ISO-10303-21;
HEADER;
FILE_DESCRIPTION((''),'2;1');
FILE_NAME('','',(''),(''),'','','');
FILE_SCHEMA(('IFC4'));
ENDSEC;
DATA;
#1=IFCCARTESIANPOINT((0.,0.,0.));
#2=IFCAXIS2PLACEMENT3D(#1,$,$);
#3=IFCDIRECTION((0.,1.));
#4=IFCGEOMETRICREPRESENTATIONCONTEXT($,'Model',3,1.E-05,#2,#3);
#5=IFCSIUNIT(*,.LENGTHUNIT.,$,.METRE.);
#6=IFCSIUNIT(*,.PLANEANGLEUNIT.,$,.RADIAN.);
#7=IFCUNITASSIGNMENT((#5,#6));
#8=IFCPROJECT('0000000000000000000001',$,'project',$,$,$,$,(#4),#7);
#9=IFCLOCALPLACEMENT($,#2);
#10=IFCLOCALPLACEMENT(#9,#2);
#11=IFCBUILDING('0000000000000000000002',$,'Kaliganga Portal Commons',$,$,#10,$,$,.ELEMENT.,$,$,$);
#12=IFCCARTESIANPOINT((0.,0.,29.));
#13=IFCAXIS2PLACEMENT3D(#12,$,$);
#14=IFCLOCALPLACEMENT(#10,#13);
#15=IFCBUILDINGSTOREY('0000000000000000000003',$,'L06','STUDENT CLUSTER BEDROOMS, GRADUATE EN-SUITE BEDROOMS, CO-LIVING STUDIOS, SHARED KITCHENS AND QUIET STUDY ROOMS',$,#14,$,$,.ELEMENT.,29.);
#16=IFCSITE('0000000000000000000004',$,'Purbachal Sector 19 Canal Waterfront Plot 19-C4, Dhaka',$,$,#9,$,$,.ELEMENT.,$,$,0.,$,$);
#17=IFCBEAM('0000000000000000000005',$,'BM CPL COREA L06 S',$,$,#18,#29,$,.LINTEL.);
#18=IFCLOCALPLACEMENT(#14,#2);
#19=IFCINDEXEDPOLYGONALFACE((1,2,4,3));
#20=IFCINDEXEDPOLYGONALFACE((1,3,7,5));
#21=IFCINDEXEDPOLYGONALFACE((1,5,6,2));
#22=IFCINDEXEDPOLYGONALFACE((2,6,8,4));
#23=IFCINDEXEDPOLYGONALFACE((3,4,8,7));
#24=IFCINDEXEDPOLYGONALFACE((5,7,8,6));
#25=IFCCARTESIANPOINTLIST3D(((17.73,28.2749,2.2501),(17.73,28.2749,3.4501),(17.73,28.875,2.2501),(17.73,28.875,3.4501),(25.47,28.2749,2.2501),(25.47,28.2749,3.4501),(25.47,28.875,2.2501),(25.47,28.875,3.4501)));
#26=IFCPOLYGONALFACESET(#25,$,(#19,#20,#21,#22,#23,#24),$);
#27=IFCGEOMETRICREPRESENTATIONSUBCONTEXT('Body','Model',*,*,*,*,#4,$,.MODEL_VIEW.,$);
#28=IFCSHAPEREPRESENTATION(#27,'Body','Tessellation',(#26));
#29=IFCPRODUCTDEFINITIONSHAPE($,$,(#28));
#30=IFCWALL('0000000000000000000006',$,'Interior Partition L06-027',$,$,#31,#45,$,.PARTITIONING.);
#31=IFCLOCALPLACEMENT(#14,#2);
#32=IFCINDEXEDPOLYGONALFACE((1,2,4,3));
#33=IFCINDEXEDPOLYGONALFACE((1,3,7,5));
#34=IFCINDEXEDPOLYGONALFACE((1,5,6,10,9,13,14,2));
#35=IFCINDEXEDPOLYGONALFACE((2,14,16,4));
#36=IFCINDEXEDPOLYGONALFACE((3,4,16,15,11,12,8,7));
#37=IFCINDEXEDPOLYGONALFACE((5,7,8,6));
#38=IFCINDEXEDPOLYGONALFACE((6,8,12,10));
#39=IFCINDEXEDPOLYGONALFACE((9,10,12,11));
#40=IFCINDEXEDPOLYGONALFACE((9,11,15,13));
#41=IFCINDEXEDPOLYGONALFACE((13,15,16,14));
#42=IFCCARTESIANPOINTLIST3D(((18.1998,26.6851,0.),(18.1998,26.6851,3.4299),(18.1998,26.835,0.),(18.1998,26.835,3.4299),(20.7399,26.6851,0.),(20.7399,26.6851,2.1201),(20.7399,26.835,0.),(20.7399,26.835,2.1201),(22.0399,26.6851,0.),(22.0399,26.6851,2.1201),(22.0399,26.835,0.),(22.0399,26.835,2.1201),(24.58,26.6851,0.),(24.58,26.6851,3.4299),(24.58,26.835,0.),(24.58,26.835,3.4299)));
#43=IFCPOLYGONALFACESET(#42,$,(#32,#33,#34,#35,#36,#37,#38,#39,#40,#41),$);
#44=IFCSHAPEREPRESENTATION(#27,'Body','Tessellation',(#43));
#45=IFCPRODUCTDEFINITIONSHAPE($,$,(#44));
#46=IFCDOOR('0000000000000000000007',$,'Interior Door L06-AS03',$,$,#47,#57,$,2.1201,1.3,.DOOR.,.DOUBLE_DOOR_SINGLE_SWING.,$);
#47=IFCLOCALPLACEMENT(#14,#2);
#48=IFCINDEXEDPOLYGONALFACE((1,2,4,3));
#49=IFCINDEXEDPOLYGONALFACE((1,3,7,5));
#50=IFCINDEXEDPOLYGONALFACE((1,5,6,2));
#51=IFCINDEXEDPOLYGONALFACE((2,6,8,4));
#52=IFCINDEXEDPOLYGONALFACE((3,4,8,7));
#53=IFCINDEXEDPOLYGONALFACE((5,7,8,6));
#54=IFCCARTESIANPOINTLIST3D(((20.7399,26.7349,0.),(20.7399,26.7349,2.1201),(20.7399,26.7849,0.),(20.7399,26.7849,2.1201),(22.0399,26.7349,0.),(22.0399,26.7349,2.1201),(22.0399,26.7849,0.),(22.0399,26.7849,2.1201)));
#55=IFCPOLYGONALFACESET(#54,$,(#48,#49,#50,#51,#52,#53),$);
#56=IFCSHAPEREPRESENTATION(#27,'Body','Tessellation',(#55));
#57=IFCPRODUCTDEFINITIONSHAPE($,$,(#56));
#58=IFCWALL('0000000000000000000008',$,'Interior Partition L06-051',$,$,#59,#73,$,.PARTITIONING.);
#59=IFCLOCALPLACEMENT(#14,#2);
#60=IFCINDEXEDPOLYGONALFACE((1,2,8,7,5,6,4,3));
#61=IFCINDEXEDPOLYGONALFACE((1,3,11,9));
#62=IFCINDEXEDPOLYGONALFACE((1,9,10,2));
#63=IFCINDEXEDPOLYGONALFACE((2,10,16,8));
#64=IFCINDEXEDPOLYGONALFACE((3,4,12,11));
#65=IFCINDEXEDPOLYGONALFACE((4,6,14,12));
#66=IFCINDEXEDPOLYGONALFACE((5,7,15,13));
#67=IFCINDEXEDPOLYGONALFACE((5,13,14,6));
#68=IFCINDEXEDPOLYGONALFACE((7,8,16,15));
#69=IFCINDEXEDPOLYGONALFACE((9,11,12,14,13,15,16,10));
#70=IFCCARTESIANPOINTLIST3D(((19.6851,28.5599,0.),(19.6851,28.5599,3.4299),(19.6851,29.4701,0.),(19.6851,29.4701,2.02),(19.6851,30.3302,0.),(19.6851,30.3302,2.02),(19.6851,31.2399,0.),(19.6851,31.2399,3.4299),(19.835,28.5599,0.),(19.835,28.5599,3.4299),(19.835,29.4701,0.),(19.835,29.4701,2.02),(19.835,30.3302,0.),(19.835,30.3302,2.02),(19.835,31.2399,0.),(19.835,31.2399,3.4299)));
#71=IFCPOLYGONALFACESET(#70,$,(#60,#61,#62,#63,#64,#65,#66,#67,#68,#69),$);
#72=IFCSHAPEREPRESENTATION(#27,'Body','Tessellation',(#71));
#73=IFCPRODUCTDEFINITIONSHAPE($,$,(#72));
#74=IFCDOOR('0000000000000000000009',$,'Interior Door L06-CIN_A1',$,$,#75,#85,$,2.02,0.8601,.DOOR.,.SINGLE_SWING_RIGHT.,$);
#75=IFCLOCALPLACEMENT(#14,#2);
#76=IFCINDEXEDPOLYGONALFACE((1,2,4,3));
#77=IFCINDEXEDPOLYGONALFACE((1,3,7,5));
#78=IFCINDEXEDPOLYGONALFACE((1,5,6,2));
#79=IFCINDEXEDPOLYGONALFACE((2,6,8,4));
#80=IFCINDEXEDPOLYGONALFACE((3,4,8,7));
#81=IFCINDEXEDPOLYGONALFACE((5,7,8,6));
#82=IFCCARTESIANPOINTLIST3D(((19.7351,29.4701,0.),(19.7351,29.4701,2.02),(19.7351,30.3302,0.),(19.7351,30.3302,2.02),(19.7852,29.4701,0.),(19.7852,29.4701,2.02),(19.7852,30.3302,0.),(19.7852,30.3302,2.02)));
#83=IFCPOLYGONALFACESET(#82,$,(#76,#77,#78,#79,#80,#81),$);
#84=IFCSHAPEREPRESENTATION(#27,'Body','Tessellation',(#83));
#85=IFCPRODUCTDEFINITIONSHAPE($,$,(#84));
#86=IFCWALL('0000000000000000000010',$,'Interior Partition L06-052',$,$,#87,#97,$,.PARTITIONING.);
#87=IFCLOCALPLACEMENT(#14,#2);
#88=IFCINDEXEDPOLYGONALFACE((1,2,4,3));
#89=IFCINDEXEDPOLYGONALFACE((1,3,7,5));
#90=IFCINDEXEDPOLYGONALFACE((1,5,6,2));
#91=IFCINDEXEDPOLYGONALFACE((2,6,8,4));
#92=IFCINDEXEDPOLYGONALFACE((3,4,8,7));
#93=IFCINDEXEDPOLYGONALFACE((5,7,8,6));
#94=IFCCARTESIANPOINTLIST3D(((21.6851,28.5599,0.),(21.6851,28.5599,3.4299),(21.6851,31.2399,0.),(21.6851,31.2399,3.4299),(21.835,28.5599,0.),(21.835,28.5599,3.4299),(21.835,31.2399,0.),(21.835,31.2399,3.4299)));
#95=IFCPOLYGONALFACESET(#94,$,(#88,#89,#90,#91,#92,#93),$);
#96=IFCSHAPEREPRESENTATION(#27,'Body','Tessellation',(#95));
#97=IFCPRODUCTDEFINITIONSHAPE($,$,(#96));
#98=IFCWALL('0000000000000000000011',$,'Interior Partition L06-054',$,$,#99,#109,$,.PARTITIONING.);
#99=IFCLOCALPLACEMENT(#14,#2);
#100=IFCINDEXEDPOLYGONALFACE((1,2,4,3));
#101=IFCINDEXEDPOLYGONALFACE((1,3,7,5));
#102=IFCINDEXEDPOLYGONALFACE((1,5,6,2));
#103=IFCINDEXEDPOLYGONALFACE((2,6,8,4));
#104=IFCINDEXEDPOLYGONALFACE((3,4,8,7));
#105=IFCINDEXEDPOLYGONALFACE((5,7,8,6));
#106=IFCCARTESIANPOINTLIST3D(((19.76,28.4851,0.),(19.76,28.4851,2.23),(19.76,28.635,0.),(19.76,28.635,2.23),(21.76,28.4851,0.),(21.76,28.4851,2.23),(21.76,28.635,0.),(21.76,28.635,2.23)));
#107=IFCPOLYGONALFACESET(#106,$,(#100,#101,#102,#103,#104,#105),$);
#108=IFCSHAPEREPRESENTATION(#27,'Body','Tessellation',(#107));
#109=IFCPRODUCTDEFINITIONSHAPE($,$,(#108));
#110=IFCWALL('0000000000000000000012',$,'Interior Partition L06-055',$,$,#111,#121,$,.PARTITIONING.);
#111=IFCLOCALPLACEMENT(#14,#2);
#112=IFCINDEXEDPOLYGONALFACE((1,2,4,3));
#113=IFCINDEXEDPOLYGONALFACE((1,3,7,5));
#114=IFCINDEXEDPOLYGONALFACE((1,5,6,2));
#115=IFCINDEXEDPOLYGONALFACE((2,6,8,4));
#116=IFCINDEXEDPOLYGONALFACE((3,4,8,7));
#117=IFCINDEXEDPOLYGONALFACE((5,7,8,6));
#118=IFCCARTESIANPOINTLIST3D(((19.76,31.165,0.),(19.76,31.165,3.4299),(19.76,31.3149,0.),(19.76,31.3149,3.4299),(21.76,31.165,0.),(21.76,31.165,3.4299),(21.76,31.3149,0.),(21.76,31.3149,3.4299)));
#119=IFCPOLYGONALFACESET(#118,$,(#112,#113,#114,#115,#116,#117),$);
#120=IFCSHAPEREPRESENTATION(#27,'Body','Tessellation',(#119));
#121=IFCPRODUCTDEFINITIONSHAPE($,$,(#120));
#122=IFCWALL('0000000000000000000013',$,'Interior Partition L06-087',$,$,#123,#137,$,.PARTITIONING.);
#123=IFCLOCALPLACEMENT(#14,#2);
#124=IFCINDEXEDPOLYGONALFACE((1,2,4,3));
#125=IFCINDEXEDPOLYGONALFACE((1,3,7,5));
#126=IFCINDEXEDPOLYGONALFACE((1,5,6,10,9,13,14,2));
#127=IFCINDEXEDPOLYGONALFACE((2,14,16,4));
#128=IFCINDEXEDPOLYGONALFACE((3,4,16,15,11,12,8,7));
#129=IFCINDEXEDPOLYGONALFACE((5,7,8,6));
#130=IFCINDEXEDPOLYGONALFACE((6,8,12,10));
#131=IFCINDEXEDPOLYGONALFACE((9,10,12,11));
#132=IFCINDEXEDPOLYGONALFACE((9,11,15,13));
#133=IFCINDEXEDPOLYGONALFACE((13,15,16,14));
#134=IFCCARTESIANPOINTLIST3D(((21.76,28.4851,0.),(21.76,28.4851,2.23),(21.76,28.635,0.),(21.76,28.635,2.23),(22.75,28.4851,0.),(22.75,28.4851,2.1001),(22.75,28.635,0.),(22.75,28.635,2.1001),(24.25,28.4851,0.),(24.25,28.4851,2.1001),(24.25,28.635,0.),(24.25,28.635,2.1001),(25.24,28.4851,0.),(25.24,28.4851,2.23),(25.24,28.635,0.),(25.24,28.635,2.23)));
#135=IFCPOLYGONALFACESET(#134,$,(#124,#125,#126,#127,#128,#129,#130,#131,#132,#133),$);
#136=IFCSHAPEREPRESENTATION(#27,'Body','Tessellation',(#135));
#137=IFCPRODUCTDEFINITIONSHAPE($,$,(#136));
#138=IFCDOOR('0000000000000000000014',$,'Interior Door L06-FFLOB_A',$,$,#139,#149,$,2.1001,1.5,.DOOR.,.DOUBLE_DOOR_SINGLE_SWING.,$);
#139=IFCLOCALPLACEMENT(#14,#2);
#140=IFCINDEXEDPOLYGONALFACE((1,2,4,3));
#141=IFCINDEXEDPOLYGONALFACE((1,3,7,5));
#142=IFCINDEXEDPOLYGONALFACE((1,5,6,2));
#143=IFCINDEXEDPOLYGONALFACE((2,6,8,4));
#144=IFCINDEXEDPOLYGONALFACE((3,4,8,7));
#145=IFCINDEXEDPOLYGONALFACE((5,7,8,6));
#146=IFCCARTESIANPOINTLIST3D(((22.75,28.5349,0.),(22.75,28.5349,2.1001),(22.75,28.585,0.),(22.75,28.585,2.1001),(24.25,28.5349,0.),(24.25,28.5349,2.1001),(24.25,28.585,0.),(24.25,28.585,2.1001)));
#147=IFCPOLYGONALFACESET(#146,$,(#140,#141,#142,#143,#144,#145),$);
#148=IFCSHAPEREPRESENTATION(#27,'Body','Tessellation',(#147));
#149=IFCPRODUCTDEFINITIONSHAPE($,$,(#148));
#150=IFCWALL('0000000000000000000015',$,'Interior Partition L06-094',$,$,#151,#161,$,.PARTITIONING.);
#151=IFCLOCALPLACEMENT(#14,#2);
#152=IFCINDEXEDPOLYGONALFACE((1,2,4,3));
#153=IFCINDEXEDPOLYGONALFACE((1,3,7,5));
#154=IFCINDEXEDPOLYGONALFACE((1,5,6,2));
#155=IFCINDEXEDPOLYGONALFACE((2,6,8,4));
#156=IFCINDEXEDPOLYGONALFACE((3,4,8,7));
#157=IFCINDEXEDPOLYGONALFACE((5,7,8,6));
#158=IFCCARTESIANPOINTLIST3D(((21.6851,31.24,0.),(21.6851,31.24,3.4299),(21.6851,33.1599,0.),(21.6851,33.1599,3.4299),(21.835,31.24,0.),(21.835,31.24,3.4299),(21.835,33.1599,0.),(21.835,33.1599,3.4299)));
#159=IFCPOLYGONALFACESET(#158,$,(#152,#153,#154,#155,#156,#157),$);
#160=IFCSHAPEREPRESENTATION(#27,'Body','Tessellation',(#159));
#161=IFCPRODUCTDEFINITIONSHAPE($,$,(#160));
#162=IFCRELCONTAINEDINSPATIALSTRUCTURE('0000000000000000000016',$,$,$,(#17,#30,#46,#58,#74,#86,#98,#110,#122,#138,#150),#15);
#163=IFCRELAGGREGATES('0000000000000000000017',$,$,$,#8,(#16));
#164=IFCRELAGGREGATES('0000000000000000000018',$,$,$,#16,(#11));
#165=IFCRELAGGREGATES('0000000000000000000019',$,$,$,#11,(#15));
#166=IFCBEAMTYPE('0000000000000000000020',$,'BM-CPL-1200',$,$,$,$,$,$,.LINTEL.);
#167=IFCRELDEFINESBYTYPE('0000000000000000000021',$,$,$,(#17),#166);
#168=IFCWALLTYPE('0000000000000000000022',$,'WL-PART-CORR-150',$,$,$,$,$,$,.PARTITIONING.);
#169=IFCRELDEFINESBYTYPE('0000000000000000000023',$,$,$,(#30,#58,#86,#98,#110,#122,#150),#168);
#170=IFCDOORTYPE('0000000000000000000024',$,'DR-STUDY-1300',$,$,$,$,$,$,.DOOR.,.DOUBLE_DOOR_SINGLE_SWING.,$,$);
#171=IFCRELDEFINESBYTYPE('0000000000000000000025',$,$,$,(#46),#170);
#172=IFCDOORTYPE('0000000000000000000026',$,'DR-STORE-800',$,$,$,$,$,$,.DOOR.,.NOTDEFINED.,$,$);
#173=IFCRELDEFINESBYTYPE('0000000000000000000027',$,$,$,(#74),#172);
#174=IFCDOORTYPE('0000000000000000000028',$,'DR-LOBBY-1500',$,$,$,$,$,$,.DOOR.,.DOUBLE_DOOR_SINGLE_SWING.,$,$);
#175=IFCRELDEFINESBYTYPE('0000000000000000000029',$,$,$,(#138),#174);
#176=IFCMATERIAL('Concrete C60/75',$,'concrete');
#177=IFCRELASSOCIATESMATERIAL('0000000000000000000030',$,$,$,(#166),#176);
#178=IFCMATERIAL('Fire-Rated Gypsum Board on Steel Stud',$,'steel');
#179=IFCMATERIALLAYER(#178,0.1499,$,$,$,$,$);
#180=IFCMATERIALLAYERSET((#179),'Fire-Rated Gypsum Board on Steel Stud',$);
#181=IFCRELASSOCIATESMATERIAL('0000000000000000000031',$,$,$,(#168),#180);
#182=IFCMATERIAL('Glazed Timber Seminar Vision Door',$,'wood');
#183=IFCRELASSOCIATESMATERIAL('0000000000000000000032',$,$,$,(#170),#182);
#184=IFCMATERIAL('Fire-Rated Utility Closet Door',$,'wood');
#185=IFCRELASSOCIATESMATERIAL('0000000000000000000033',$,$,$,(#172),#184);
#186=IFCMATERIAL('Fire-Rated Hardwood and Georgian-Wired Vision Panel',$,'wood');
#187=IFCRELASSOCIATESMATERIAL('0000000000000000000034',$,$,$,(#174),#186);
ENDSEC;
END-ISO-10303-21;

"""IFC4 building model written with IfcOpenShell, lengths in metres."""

from ifc_helpers import new_model, si_unit, direction, frame, frame_2d, origin, origin_2d, place, context, subcontext, project, spatial, rectangle, extrude, source, transform, mapped, material, layer, layer_set, material_profile, profile_set, type_object, element, fill, save


model = new_model("IFC4")

# Units and contexts
model_context = context("Model", 3, precision=1e-05, world=origin(), true_north=direction((0.0, 1.0)))
body_context = subcontext(model_context, "Body", "Model", "MODEL_VIEW")
ifc_project = project(units=[si_unit("LENGTHUNIT", "METRE"), si_unit("PLANEANGLEUNIT", "RADIAN")], contexts=[model_context])

# Site, building, storey
site_placement = place(None, origin())
site = spatial("IfcSite", under=ifc_project, at=site_placement, Name="Purbachal Sector 19 Canal Waterfront Plot 19-C4, Dhaka", CompositionType="ELEMENT", RefElevation=0.0)
building_placement = place(site_placement, origin())
building = spatial("IfcBuilding", under=site, at=building_placement, Name="Kaliganga Portal Commons", CompositionType="ELEMENT")
storey_placement = place(building_placement, frame((0.0, 0.0, 29.0)))
storey = spatial("IfcBuildingStorey", under=building, at=storey_placement, Name="L06", Description="STUDENT CLUSTER BEDROOMS, GRADUATE EN-SUITE BEDROOMS, CO-LIVING STUDIOS, SHARED KITCHENS AND QUIET STUDY ROOMS", CompositionType="ELEMENT", Elevation=29.0)

# Beam
ifc_material_1 = material(Name="Concrete C60/75", Category="concrete")
ifc_material_profile = material_profile(ifc_material_1, rectangle(XDim=0.6001, YDim=1.2, at=origin_2d()), Name="RC 600x1200")
ifc_profile_set = profile_set([ifc_material_profile], Name="Concrete C60/75")
beam_type = type_object("IfcBeamType", Name="BM-CPL-1200", PredefinedType="LINTEL", material=ifc_profile_set)
shared_shape = source(origin(), body_context, "Body", "SweptSolid", [
    extrude(rectangle(XDim=0.6001, YDim=1.2, at=origin_2d()), origin(), (0.0, 0.0, 1.0), 7.74),
])
beam_placement = place(storey_placement, frame((17.73, 28.575, 2.8501), z_axis=(1.0, 0.0, 0.0), x_axis=(0.0, 1.0, 0.0)))
element("IfcBeam", 1, at=beam_placement, inside=storey, type_object=beam_type, Name="BM CPL COREA L06 S", PredefinedType="LINTEL", context=body_context, shape_type="MappedRepresentation", body=[
    mapped(shared_shape, transform((0.0, 0.0, 0.0), x_axis=(1.0, 0.0, 0.0), y_axis=(0.0, 1.0, 0.0), z_axis=(0.0, 0.0, 1.0), scale=1.0)),
])

# Walls, openings, doors
ifc_material_2 = material(Name="Fire-Rated Gypsum Board on Steel Stud", Category="steel")
ifc_layer_1 = layer(ifc_material_2, 0.1499)
ifc_layer_set_1 = layer_set([ifc_layer_1], Name="Fire-Rated Gypsum Board on Steel Stud")
wall_type_1 = type_object("IfcWallType", Name="WL-PART-CORR-150", PredefinedType="PARTITIONING", material=ifc_layer_set_1)
wall_1_placement = place(storey_placement, frame((18.2, 26.76, 0.0), z_axis=(0.0, 0.0, 1.0), x_axis=(1.0, 0.0, 0.0)))
wall_1 = element("IfcWall", 2, at=wall_1_placement, inside=storey, type_object=wall_type_1, Name="Interior Partition L06-027", PredefinedType="PARTITIONING", context=body_context, shape_type="SweptSolid", body=[
    extrude(rectangle(XDim=6.3801, YDim=0.1499, at=frame_2d((3.1899, 0.0))), origin(), (0.0, 0.0, 1.0), 3.4299),
])
opening_1_placement = place(wall_1_placement, frame((2.54, 0.0, 0.0)))
opening_1 = element("IfcOpeningElement", 3, at=opening_1_placement, cuts=wall_1, PredefinedType="OPENING", context=body_context, shape_type="SweptSolid", body=[
    extrude(rectangle(XDim=1.3, YDim=2.1201, at=frame_2d((0.6499, 1.0601))), frame((0.0, 0.085, 0.0), z_axis=(0.0, -1.0, 0.0), x_axis=(1.0, 0.0, 0.0)), (0.0, 0.0, 1.0), 0.1699),
])
ifc_material_3 = material(Name="Glazed Timber Seminar Vision Door", Category="wood")
door_type_1 = type_object("IfcDoorType", Name="DR-STUDY-1300", OperationType="DOUBLE_DOOR_SINGLE_SWING", PredefinedType="DOOR", material=ifc_material_3)
door_1_placement = place(opening_1_placement, origin())
door_1 = element("IfcDoor", 4, at=door_1_placement, inside=storey, type_object=door_type_1, Name="Interior Door L06-AS03", OperationType="DOUBLE_DOOR_SINGLE_SWING", OverallHeight=2.1201, OverallWidth=1.3, PredefinedType="DOOR", context=body_context, shape_type="SweptSolid", body=[
    extrude(rectangle(XDim=1.3, YDim=2.1201, at=frame_2d((0.6499, 1.0601))), frame((0.0, 0.0249, 0.0), z_axis=(0.0, -1.0, 0.0), x_axis=(1.0, 0.0, 0.0)), (0.0, 0.0, 1.0), 0.05),
])
fill(opening_1, door_1)
wall_2_placement = place(storey_placement, frame((19.76, 28.5601, 0.0), z_axis=(0.0, 0.0, 1.0), x_axis=(0.0, 1.0, 0.0)))
wall_2 = element("IfcWall", 5, at=wall_2_placement, inside=storey, type_object=wall_type_1, Name="Interior Partition L06-051", PredefinedType="PARTITIONING", context=body_context, shape_type="SweptSolid", body=[
    extrude(rectangle(XDim=2.6799, YDim=0.1499, at=frame_2d((1.3398, 0.0))), origin(), (0.0, 0.0, 1.0), 3.4299),
])
opening_2_placement = place(wall_2_placement, frame((0.9099, 0.0, 0.0)))
opening_2 = element("IfcOpeningElement", 6, at=opening_2_placement, cuts=wall_2, PredefinedType="OPENING", context=body_context, shape_type="SweptSolid", body=[
    extrude(rectangle(XDim=0.8601, YDim=2.02, at=frame_2d((0.4302, 1.01))), frame((0.0, 0.085, 0.0), z_axis=(0.0, -1.0, 0.0), x_axis=(1.0, 0.0, 0.0)), (0.0, 0.0, 1.0), 0.1699),
])
ifc_material_4 = material(Name="Fire-Rated Utility Closet Door", Category="wood")
door_type_2 = type_object("IfcDoorType", Name="DR-STORE-800", OperationType="NOTDEFINED", PredefinedType="DOOR", material=ifc_material_4)
door_2_placement = place(opening_2_placement, origin())
door_2 = element("IfcDoor", 7, at=door_2_placement, inside=storey, type_object=door_type_2, Name="Interior Door L06-CIN_A1", OperationType="SINGLE_SWING_RIGHT", OverallHeight=2.02, OverallWidth=0.8601, PredefinedType="DOOR", context=body_context, shape_type="SweptSolid", body=[
    extrude(rectangle(XDim=0.8601, YDim=2.02, at=frame_2d((0.4302, 1.01))), frame((0.0, 0.0249, 0.0), z_axis=(0.0, -1.0, 0.0), x_axis=(1.0, 0.0, 0.0)), (0.0, 0.0, 1.0), 0.05),
])
fill(opening_2, door_2)

# Walls
wall_3_placement = place(storey_placement, frame((21.76, 28.5601, 0.0), z_axis=(0.0, 0.0, 1.0), x_axis=(0.0, 1.0, 0.0)))
element("IfcWall", 8, at=wall_3_placement, inside=storey, type_object=wall_type_1, Name="Interior Partition L06-052", PredefinedType="PARTITIONING", context=body_context, shape_type="SweptSolid", body=[
    extrude(rectangle(XDim=2.6799, YDim=0.1499, at=frame_2d((1.3398, 0.0))), origin(), (0.0, 0.0, 1.0), 3.4299),
])
wall_4_placement = place(storey_placement, frame((19.76, 28.5601, 0.0), z_axis=(0.0, 0.0, 1.0), x_axis=(1.0, 0.0, 0.0)))
element("IfcWall", 9, at=wall_4_placement, inside=storey, type_object=wall_type_1, Name="Interior Partition L06-054", PredefinedType="PARTITIONING", context=body_context, shape_type="SweptSolid", body=[
    extrude(rectangle(XDim=2.0, YDim=0.1499, at=frame_2d((1.0, 0.0))), origin(), (0.0, 0.0, 1.0), 2.23),
])
wall_5_placement = place(storey_placement, frame((19.76, 31.24, 0.0), z_axis=(0.0, 0.0, 1.0), x_axis=(1.0, 0.0, 0.0)))
element("IfcWall", 10, at=wall_5_placement, inside=storey, type_object=wall_type_1, Name="Interior Partition L06-055", PredefinedType="PARTITIONING", context=body_context, shape_type="SweptSolid", body=[
    extrude(rectangle(XDim=2.0, YDim=0.1499, at=frame_2d((1.0, 0.0))), origin(), (0.0, 0.0, 1.0), 3.4299),
])

# Wall, opening, door
wall_6_placement = place(storey_placement, frame((21.76, 28.5601, 0.0), z_axis=(0.0, 0.0, 1.0), x_axis=(1.0, 0.0, 0.0)))
wall_6 = element("IfcWall", 11, at=wall_6_placement, inside=storey, type_object=wall_type_1, Name="Interior Partition L06-087", PredefinedType="PARTITIONING", context=body_context, shape_type="SweptSolid", body=[
    extrude(rectangle(XDim=3.48, YDim=0.1499, at=frame_2d((1.74, 0.0))), origin(), (0.0, 0.0, 1.0), 2.23),
])
opening_3_placement = place(wall_6_placement, frame((0.99, 0.0, 0.0)))
opening_3 = element("IfcOpeningElement", 12, at=opening_3_placement, cuts=wall_6, PredefinedType="OPENING", context=body_context, shape_type="SweptSolid", body=[
    extrude(rectangle(XDim=1.5, YDim=2.1001, at=frame_2d((0.75, 1.05))), frame((0.0, 0.085, 0.0), z_axis=(0.0, -1.0, 0.0), x_axis=(1.0, 0.0, 0.0)), (0.0, 0.0, 1.0), 0.1699),
])
ifc_material_5 = material(Name="Fire-Rated Hardwood and Georgian-Wired Vision Panel", Category="wood")
door_type_3 = type_object("IfcDoorType", Name="DR-LOBBY-1500", OperationType="DOUBLE_DOOR_SINGLE_SWING", PredefinedType="DOOR", material=ifc_material_5)
door_3_placement = place(opening_3_placement, origin())
door_3 = element("IfcDoor", 13, at=door_3_placement, inside=storey, type_object=door_type_3, Name="Interior Door L06-FFLOB_A", OperationType="DOUBLE_DOOR_SINGLE_SWING", OverallHeight=2.1001, OverallWidth=1.5, PredefinedType="DOOR", context=body_context, shape_type="SweptSolid", body=[
    extrude(rectangle(XDim=1.5, YDim=2.1001, at=frame_2d((0.75, 1.05))), frame((0.0, 0.0249, 0.0), z_axis=(0.0, -1.0, 0.0), x_axis=(1.0, 0.0, 0.0)), (0.0, 0.0, 1.0), 0.05),
])
fill(opening_3, door_3)

# Wall
wall_7_placement = place(storey_placement, frame((21.76, 31.24, 0.0), z_axis=(0.0, 0.0, 1.0), x_axis=(0.0, 1.0, 0.0)))
element("IfcWall", 14, at=wall_7_placement, inside=storey, type_object=wall_type_1, Name="Interior Partition L06-094", PredefinedType="PARTITIONING", context=body_context, shape_type="SweptSolid", body=[
    extrude(rectangle(XDim=1.9199, YDim=0.1499, at=frame_2d((0.96, 0.0))), origin(), (0.0, 0.0, 1.0), 3.4299),
])

save(model, "model.ifc")
